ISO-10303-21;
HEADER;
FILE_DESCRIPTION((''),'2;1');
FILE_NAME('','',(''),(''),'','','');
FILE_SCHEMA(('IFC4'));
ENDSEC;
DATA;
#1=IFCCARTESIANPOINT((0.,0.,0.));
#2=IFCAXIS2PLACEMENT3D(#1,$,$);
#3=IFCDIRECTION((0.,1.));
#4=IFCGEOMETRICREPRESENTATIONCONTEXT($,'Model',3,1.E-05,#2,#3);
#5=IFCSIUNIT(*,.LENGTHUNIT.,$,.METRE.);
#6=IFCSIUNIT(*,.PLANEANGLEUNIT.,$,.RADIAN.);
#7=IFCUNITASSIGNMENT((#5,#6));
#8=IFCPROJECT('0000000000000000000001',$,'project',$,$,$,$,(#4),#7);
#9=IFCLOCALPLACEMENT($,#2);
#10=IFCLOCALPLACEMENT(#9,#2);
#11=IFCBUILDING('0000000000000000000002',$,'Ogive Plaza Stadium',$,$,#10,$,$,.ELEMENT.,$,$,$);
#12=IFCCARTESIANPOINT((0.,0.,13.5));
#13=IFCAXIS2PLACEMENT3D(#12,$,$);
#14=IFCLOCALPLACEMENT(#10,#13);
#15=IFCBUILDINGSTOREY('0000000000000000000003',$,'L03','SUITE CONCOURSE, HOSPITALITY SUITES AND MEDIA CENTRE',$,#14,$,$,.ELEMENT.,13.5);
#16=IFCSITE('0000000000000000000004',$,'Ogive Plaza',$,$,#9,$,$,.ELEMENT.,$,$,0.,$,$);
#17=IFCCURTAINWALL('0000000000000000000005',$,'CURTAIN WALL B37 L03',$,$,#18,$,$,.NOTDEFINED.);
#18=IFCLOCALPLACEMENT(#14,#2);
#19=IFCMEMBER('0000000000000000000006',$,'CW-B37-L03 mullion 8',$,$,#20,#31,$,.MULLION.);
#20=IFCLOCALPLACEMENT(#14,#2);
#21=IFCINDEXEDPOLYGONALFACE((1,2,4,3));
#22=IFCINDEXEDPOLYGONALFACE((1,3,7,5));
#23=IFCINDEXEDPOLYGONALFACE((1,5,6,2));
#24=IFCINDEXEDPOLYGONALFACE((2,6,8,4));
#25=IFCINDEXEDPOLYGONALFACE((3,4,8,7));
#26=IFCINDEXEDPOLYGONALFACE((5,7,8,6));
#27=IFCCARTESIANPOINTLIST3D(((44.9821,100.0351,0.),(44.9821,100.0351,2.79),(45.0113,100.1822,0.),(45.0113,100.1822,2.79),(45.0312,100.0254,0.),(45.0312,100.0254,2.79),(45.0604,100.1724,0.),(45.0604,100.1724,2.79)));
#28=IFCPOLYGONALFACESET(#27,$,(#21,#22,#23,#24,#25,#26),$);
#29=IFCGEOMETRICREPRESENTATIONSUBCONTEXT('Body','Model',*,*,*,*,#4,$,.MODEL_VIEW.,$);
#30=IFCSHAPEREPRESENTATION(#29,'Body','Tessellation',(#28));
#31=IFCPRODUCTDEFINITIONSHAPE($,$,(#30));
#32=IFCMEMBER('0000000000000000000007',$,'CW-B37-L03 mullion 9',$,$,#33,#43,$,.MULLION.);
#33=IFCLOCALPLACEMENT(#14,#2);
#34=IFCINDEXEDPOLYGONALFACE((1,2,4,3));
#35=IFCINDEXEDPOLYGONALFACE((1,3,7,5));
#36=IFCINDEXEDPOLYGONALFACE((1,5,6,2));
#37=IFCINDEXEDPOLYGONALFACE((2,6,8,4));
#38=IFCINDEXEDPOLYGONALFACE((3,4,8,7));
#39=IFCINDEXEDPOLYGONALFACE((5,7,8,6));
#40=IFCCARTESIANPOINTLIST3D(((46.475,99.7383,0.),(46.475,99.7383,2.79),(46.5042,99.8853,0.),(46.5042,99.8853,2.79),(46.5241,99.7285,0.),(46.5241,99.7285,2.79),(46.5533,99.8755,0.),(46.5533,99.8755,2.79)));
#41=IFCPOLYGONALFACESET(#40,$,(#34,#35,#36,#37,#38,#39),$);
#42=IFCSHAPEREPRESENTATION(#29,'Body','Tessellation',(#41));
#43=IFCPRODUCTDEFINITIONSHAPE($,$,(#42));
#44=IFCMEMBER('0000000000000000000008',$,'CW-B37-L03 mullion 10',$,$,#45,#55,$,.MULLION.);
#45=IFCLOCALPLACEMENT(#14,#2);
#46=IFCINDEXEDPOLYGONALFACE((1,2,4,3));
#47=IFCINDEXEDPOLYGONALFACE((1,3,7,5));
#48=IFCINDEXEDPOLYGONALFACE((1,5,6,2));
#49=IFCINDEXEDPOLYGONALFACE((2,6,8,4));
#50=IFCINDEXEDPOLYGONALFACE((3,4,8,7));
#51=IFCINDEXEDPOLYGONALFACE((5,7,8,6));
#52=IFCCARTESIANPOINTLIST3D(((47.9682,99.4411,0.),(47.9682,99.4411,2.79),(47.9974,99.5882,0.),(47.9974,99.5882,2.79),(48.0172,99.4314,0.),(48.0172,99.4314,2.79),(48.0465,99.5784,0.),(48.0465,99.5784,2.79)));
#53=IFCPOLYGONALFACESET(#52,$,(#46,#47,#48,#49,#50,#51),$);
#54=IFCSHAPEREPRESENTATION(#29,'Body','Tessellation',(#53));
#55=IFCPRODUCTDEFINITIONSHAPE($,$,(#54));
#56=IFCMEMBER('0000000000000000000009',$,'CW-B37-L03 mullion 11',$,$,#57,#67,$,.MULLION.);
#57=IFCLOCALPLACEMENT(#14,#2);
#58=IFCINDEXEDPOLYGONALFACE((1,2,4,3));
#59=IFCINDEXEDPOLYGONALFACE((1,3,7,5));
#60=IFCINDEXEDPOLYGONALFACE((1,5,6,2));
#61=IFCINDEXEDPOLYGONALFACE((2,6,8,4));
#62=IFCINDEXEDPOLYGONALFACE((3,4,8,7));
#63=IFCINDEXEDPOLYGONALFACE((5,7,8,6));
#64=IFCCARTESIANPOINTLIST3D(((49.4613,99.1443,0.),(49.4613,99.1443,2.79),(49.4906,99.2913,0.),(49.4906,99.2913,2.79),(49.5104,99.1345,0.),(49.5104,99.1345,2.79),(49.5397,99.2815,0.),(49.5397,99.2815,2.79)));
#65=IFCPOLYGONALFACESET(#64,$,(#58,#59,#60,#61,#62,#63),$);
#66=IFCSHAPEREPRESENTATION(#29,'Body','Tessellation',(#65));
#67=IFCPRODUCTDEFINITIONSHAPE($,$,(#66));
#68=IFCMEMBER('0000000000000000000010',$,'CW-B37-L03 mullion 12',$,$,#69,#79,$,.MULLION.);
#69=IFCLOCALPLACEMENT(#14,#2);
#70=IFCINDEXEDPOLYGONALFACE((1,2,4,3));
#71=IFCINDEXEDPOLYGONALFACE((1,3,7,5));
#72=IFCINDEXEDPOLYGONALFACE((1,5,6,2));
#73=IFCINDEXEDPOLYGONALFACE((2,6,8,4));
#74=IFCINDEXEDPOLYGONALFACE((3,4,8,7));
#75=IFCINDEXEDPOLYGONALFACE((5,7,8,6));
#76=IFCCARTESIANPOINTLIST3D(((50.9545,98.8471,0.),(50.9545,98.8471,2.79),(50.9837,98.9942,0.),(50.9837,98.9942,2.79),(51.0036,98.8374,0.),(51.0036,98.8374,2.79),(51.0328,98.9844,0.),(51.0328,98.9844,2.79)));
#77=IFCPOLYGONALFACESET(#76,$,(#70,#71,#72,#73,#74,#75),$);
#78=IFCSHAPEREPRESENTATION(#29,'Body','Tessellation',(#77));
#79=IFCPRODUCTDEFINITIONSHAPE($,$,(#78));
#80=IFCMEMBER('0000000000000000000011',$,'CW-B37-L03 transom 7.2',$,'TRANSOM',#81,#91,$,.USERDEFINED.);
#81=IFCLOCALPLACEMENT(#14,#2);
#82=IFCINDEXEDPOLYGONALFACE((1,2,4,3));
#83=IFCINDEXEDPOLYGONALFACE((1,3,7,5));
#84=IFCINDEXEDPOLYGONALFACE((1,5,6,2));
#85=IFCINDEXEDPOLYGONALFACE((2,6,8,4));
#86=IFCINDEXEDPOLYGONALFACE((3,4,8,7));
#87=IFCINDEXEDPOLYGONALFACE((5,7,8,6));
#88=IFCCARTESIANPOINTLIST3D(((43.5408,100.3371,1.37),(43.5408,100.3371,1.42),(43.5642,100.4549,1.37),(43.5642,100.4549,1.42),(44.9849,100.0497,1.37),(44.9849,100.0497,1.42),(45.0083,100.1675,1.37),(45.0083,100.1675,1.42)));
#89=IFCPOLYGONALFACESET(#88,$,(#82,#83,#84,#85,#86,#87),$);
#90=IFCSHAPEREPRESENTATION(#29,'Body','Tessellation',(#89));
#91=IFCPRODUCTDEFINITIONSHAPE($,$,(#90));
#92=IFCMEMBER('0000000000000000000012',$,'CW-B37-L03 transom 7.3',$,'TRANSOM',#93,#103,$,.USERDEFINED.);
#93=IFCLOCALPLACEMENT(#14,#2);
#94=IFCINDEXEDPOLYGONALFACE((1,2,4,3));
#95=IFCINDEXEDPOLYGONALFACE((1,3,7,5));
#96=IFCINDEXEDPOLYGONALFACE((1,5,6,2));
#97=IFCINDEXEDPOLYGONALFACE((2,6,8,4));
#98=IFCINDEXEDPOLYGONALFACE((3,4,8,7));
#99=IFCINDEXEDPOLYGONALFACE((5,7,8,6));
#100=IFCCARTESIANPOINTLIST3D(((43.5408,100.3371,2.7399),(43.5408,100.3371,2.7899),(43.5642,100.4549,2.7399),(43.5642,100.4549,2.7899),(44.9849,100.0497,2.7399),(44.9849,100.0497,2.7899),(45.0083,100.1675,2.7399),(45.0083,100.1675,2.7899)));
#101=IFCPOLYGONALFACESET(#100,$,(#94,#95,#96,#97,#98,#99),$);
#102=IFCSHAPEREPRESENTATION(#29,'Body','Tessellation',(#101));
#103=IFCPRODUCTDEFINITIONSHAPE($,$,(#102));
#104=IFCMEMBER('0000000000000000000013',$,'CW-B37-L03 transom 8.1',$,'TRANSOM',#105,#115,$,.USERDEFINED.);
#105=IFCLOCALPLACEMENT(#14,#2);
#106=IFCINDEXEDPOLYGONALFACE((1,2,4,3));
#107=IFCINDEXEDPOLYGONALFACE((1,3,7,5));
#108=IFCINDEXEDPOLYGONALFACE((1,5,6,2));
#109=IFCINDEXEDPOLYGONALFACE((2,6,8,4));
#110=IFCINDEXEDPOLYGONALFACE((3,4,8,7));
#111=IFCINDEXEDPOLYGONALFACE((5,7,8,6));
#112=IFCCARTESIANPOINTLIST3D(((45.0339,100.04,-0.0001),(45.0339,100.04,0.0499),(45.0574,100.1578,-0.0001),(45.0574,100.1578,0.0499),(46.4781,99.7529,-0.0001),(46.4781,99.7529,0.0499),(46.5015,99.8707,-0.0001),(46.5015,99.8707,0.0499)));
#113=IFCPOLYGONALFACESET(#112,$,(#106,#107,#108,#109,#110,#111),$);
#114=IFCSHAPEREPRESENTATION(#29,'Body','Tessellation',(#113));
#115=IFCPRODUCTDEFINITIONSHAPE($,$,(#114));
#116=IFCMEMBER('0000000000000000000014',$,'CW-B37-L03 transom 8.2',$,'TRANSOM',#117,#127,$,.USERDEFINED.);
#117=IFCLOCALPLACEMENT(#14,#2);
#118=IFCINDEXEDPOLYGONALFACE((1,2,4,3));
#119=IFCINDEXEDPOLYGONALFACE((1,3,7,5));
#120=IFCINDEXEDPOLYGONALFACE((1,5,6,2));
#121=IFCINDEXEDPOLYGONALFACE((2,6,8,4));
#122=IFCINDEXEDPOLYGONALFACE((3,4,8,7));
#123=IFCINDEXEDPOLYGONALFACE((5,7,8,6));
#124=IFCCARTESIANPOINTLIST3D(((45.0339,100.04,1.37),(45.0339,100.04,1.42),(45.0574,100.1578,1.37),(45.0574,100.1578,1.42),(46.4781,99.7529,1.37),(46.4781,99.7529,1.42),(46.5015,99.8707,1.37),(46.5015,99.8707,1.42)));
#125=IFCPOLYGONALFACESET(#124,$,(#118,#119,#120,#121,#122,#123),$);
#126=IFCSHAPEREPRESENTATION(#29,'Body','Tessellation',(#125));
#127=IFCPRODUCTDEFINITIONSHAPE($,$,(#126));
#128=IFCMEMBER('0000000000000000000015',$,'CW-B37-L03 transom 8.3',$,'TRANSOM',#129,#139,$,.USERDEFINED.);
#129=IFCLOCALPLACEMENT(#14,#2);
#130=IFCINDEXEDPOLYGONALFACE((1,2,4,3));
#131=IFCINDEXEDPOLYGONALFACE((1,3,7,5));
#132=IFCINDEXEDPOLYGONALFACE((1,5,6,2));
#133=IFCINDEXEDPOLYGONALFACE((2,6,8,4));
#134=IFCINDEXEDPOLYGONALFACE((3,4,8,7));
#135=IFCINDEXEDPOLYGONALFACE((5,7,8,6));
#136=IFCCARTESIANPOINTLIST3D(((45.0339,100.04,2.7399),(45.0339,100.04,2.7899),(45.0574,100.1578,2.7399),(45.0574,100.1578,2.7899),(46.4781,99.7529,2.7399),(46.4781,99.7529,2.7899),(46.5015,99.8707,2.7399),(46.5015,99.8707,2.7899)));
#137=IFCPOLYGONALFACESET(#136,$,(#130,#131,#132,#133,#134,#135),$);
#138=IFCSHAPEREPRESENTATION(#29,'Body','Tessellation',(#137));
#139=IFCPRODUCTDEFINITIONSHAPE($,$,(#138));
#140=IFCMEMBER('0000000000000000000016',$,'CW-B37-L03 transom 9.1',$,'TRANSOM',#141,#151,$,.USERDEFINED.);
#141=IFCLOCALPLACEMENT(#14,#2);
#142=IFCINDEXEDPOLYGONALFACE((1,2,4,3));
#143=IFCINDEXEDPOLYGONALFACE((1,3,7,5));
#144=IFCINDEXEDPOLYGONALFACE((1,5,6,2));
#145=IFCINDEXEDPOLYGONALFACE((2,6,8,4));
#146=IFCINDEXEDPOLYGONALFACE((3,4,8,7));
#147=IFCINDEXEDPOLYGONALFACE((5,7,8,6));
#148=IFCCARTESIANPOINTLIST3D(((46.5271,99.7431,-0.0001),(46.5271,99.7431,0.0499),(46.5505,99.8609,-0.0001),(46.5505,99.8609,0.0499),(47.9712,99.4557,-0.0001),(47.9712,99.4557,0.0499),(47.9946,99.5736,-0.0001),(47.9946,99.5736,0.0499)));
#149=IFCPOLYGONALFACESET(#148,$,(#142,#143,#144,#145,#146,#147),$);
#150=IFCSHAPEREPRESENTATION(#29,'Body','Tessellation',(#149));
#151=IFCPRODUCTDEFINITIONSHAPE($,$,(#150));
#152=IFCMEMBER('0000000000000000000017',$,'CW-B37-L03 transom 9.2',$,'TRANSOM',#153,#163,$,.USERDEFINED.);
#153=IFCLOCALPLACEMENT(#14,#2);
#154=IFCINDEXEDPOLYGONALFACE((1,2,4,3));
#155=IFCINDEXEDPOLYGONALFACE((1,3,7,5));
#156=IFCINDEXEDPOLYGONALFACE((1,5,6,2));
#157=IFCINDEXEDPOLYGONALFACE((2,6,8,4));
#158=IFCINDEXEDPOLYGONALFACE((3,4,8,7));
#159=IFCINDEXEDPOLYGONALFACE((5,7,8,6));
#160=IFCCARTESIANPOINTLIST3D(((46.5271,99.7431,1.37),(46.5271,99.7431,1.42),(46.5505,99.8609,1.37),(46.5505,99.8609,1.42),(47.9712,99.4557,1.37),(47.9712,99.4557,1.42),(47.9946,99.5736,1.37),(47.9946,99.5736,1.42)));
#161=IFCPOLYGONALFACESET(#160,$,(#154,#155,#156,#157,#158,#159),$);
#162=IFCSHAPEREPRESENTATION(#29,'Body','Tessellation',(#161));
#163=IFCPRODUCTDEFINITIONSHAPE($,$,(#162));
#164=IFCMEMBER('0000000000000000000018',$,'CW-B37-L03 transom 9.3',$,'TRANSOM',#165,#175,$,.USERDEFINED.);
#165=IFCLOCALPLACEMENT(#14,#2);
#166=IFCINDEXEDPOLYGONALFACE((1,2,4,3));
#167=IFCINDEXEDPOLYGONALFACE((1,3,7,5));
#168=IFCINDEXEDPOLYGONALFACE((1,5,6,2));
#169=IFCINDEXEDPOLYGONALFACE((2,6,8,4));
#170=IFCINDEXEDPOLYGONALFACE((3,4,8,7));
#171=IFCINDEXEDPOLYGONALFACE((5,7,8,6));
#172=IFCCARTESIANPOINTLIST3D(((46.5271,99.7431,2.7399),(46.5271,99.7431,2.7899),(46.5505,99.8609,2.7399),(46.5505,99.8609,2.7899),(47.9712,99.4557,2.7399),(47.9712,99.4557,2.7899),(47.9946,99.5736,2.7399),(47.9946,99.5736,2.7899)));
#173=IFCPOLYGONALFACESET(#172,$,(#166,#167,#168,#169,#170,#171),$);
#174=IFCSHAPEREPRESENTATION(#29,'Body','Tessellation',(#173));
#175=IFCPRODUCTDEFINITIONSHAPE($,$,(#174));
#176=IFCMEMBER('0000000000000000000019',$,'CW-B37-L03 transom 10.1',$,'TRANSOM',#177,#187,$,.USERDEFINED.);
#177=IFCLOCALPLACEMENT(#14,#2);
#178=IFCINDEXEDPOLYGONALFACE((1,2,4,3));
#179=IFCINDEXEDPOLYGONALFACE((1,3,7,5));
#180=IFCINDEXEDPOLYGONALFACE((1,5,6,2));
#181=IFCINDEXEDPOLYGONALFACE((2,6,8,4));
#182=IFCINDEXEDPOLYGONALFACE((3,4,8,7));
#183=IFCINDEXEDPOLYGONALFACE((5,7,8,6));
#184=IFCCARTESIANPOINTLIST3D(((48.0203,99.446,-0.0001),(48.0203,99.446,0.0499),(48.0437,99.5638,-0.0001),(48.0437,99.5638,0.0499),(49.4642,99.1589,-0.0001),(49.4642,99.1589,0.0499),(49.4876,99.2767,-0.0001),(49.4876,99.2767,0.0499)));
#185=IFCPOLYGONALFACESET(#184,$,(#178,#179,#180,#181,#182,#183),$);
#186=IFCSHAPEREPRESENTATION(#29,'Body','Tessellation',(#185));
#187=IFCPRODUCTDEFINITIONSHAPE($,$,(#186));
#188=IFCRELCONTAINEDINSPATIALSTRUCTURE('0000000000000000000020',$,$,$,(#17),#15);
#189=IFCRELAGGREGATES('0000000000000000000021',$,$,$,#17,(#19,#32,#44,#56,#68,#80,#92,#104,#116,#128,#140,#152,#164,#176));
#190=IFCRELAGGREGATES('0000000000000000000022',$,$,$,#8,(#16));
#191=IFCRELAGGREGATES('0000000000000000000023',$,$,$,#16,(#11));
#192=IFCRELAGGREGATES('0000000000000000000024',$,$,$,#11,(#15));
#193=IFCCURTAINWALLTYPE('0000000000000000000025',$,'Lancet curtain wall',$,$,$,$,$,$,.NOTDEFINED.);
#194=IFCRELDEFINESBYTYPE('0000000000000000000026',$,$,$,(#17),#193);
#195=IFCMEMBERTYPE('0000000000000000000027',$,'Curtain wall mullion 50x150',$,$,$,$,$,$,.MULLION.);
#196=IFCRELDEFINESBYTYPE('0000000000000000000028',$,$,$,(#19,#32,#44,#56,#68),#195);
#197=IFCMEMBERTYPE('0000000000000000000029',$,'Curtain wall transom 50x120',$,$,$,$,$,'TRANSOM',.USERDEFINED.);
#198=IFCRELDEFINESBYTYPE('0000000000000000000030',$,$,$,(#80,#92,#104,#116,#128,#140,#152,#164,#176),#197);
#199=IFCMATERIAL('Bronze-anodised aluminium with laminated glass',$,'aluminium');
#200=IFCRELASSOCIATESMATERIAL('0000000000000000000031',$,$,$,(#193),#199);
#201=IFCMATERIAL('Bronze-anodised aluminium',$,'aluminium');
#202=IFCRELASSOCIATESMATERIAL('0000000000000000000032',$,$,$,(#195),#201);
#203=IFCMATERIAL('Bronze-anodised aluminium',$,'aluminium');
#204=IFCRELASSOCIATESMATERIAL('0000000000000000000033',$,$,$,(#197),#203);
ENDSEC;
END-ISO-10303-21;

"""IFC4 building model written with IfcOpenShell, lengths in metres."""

from ifc_helpers import new_model, si_unit, direction, frame, origin, origin_2d, place, context, subcontext, project, spatial, rectangle, extrude, material, material_profile, profile_set, type_object, element, aggregate, save


model = new_model("IFC4")

# Units and contexts
model_context = context("Model", 3, precision=1e-05, world=origin(), true_north=direction((0.0, 1.0)))
body_context = subcontext(model_context, "Body", "Model", "MODEL_VIEW")
ifc_project = project(units=[si_unit("LENGTHUNIT", "METRE"), si_unit("PLANEANGLEUNIT", "RADIAN")], contexts=[model_context])

# Site, building, storey
site_placement = place(None, origin())
site = spatial("IfcSite", under=ifc_project, at=site_placement, Name="Ogive Plaza", CompositionType="ELEMENT", RefElevation=0.0)
building_placement = place(site_placement, origin())
building = spatial("IfcBuilding", under=site, at=building_placement, Name="Ogive Plaza Stadium", CompositionType="ELEMENT")
storey_placement = place(building_placement, frame((0.0, 0.0, 13.5)))
storey = spatial("IfcBuildingStorey", under=building, at=storey_placement, Name="L03", Description="SUITE CONCOURSE, HOSPITALITY SUITES AND MEDIA CENTRE", CompositionType="ELEMENT", Elevation=13.5)

# Curtain wall, members
ifc_material_1 = material(Name="Bronze-anodised aluminium with laminated glass", Category="aluminium")
curtain_wall_type = type_object("IfcCurtainWallType", Name="Lancet curtain wall", PredefinedType="NOTDEFINED", material=ifc_material_1)
curtain_wall_placement = place(storey_placement, origin())
curtain_wall = element("IfcCurtainWall", 1, at=curtain_wall_placement, inside=storey, type_object=curtain_wall_type, Name="CURTAIN WALL B37 L03", PredefinedType="NOTDEFINED")
ifc_material_2 = material(Name="Bronze-anodised aluminium", Category="aluminium")
ifc_material_profile_1 = material_profile(ifc_material_2, rectangle(XDim=0.1499, YDim=0.05, at=origin_2d()), Name="AL 150x50")
ifc_profile_set_1 = profile_set([ifc_material_profile_1], Name="Bronze-anodised aluminium")
member_type_1 = type_object("IfcMemberType", Name="Curtain wall mullion 50x150", PredefinedType="MULLION", material=ifc_profile_set_1)
member_1_placement = place(storey_placement, frame((45.0212, 100.1038, 0.0), z_axis=(0.0, 0.0, 1.0), x_axis=(0.19509, 0.980785, 0.0)))
member_1 = element("IfcMember", 2, at=member_1_placement, type_object=member_type_1, Name="CW-B37-L03 mullion 8", PredefinedType="MULLION", context=body_context, shape_type="SweptSolid", body=[
    extrude(rectangle(XDim=0.1499, YDim=0.05, at=origin_2d()), origin(), (0.0, 0.0, 1.0), 2.79),
])
member_2_placement = place(storey_placement, frame((46.5142, 99.8069, 0.0), z_axis=(0.0, 0.0, 1.0), x_axis=(0.19509, 0.980785, 0.0)))
member_2 = element("IfcMember", 3, at=member_2_placement, type_object=member_type_1, Name="CW-B37-L03 mullion 9", PredefinedType="MULLION", context=body_context, shape_type="SweptSolid", body=[
    extrude(rectangle(XDim=0.1499, YDim=0.05, at=origin_2d()), origin(), (0.0, 0.0, 1.0), 2.79),
])
member_3_placement = place(storey_placement, frame((48.0073, 99.5098, 0.0), z_axis=(0.0, 0.0, 1.0), x_axis=(0.19509, 0.980785, 0.0)))
member_3 = element("IfcMember", 4, at=member_3_placement, type_object=member_type_1, Name="CW-B37-L03 mullion 10", PredefinedType="MULLION", context=body_context, shape_type="SweptSolid", body=[
    extrude(rectangle(XDim=0.1499, YDim=0.05, at=origin_2d()), origin(), (0.0, 0.0, 1.0), 2.79),
])
member_4_placement = place(storey_placement, frame((49.5005, 99.2129, 0.0), z_axis=(0.0, 0.0, 1.0), x_axis=(0.19509, 0.980785, 0.0)))
member_4 = element("IfcMember", 5, at=member_4_placement, type_object=member_type_1, Name="CW-B37-L03 mullion 11", PredefinedType="MULLION", context=body_context, shape_type="SweptSolid", body=[
    extrude(rectangle(XDim=0.1499, YDim=0.05, at=origin_2d()), origin(), (0.0, 0.0, 1.0), 2.79),
])
member_5_placement = place(storey_placement, frame((50.9937, 98.9158, 0.0), z_axis=(0.0, 0.0, 1.0), x_axis=(0.19509, 0.980785, 0.0)))
member_5 = element("IfcMember", 6, at=member_5_placement, type_object=member_type_1, Name="CW-B37-L03 mullion 12", PredefinedType="MULLION", context=body_context, shape_type="SweptSolid", body=[
    extrude(rectangle(XDim=0.1499, YDim=0.05, at=origin_2d()), origin(), (0.0, 0.0, 1.0), 2.79),
])
ifc_material_3 = material(Name="Bronze-anodised aluminium", Category="aluminium")
ifc_material_profile_2 = material_profile(ifc_material_3, rectangle(XDim=0.1201, YDim=0.05, at=origin_2d()), Name="AL 120x50")
ifc_profile_set_2 = profile_set([ifc_material_profile_2], Name="Bronze-anodised aluminium")
member_type_2 = type_object("IfcMemberType", Name="Curtain wall transom 50x120", ElementType="TRANSOM", PredefinedType="USERDEFINED", material=ifc_profile_set_2)
member_6_placement = place(storey_placement, frame((43.5525, 100.396, 1.395), z_axis=(0.980772, -0.195159, 0.0), x_axis=(0.195159, 0.980772, 0.0)))
member_6 = element("IfcMember", 7, at=member_6_placement, type_object=member_type_2, Name="CW-B37-L03 transom 7.2", ObjectType="TRANSOM", PredefinedType="USERDEFINED", context=body_context, shape_type="SweptSolid", body=[
    extrude(rectangle(XDim=0.1201, YDim=0.05, at=origin_2d()), origin(), (0.0, 0.0, 1.0), 1.4724),
])
member_7_placement = place(storey_placement, frame((43.5525, 100.396, 2.7649), z_axis=(0.980772, -0.195159, 0.0), x_axis=(0.195159, 0.980772, 0.0)))
member_7 = element("IfcMember", 8, at=member_7_placement, type_object=member_type_2, Name="CW-B37-L03 transom 7.3", ObjectType="TRANSOM", PredefinedType="USERDEFINED", context=body_context, shape_type="SweptSolid", body=[
    extrude(rectangle(XDim=0.1201, YDim=0.05, at=origin_2d()), origin(), (0.0, 0.0, 1.0), 1.4724),
])
member_8_placement = place(storey_placement, frame((45.0457, 100.0989, 0.0249), z_axis=(0.980803, -0.195, 0.0), x_axis=(0.195, 0.980803, 0.0)))
member_8 = element("IfcMember", 9, at=member_8_placement, type_object=member_type_2, Name="CW-B37-L03 transom 8.1", ObjectType="TRANSOM", PredefinedType="USERDEFINED", context=body_context, shape_type="SweptSolid", body=[
    extrude(rectangle(XDim=0.1201, YDim=0.05, at=origin_2d()), origin(), (0.0, 0.0, 1.0), 1.4724),
])
member_9_placement = place(storey_placement, frame((45.0457, 100.0989, 1.395), z_axis=(0.980803, -0.195, 0.0), x_axis=(0.195, 0.980803, 0.0)))
member_9 = element("IfcMember", 10, at=member_9_placement, type_object=member_type_2, Name="CW-B37-L03 transom 8.2", ObjectType="TRANSOM", PredefinedType="USERDEFINED", context=body_context, shape_type="SweptSolid", body=[
    extrude(rectangle(XDim=0.1201, YDim=0.05, at=origin_2d()), origin(), (0.0, 0.0, 1.0), 1.4724),
])
member_10_placement = place(storey_placement, frame((45.0457, 100.0989, 2.7649), z_axis=(0.980803, -0.195, 0.0), x_axis=(0.195, 0.980803, 0.0)))
member_10 = element("IfcMember", 11, at=member_10_placement, type_object=member_type_2, Name="CW-B37-L03 transom 8.3", ObjectType="TRANSOM", PredefinedType="USERDEFINED", context=body_context, shape_type="SweptSolid", body=[
    extrude(rectangle(XDim=0.1201, YDim=0.05, at=origin_2d()), origin(), (0.0, 0.0, 1.0), 1.4724),
])
member_11_placement = place(storey_placement, frame((46.5388, 99.802, 0.0249), z_axis=(0.980772, -0.195159, 0.0), x_axis=(0.195159, 0.980772, 0.0)))
member_11 = element("IfcMember", 12, at=member_11_placement, type_object=member_type_2, Name="CW-B37-L03 transom 9.1", ObjectType="TRANSOM", PredefinedType="USERDEFINED", context=body_context, shape_type="SweptSolid", body=[
    extrude(rectangle(XDim=0.1201, YDim=0.05, at=origin_2d()), origin(), (0.0, 0.0, 1.0), 1.4724),
])
member_12_placement = place(storey_placement, frame((46.5388, 99.802, 1.395), z_axis=(0.980772, -0.195159, 0.0), x_axis=(0.195159, 0.980772, 0.0)))
member_12 = element("IfcMember", 13, at=member_12_placement, type_object=member_type_2, Name="CW-B37-L03 transom 9.2", ObjectType="TRANSOM", PredefinedType="USERDEFINED", context=body_context, shape_type="SweptSolid", body=[
    extrude(rectangle(XDim=0.1201, YDim=0.05, at=origin_2d()), origin(), (0.0, 0.0, 1.0), 1.4724),
])
member_13_placement = place(storey_placement, frame((46.5388, 99.802, 2.7649), z_axis=(0.980772, -0.195159, 0.0), x_axis=(0.195159, 0.980772, 0.0)))
member_13 = element("IfcMember", 14, at=member_13_placement, type_object=member_type_2, Name="CW-B37-L03 transom 9.3", ObjectType="TRANSOM", PredefinedType="USERDEFINED", context=body_context, shape_type="SweptSolid", body=[
    extrude(rectangle(XDim=0.1201, YDim=0.05, at=origin_2d()), origin(), (0.0, 0.0, 1.0), 1.4724),
])
member_14_placement = place(storey_placement, frame((48.032, 99.5049, 0.0249), z_axis=(0.980797, -0.195032, 0.0), x_axis=(0.195032, 0.980797, 0.0)))
member_14 = element("IfcMember", 15, at=member_14_placement, type_object=member_type_2, Name="CW-B37-L03 transom 10.1", ObjectType="TRANSOM", PredefinedType="USERDEFINED", context=body_context, shape_type="SweptSolid", body=[
    extrude(rectangle(XDim=0.1201, YDim=0.05, at=origin_2d()), origin(), (0.0, 0.0, 1.0), 1.4722),
])
aggregate(curtain_wall, [member_1, member_2, member_3, member_4, member_5, member_6, member_7, member_8, member_9, member_10, member_11, member_12, member_13, member_14])

save(model, "model.ifc")
